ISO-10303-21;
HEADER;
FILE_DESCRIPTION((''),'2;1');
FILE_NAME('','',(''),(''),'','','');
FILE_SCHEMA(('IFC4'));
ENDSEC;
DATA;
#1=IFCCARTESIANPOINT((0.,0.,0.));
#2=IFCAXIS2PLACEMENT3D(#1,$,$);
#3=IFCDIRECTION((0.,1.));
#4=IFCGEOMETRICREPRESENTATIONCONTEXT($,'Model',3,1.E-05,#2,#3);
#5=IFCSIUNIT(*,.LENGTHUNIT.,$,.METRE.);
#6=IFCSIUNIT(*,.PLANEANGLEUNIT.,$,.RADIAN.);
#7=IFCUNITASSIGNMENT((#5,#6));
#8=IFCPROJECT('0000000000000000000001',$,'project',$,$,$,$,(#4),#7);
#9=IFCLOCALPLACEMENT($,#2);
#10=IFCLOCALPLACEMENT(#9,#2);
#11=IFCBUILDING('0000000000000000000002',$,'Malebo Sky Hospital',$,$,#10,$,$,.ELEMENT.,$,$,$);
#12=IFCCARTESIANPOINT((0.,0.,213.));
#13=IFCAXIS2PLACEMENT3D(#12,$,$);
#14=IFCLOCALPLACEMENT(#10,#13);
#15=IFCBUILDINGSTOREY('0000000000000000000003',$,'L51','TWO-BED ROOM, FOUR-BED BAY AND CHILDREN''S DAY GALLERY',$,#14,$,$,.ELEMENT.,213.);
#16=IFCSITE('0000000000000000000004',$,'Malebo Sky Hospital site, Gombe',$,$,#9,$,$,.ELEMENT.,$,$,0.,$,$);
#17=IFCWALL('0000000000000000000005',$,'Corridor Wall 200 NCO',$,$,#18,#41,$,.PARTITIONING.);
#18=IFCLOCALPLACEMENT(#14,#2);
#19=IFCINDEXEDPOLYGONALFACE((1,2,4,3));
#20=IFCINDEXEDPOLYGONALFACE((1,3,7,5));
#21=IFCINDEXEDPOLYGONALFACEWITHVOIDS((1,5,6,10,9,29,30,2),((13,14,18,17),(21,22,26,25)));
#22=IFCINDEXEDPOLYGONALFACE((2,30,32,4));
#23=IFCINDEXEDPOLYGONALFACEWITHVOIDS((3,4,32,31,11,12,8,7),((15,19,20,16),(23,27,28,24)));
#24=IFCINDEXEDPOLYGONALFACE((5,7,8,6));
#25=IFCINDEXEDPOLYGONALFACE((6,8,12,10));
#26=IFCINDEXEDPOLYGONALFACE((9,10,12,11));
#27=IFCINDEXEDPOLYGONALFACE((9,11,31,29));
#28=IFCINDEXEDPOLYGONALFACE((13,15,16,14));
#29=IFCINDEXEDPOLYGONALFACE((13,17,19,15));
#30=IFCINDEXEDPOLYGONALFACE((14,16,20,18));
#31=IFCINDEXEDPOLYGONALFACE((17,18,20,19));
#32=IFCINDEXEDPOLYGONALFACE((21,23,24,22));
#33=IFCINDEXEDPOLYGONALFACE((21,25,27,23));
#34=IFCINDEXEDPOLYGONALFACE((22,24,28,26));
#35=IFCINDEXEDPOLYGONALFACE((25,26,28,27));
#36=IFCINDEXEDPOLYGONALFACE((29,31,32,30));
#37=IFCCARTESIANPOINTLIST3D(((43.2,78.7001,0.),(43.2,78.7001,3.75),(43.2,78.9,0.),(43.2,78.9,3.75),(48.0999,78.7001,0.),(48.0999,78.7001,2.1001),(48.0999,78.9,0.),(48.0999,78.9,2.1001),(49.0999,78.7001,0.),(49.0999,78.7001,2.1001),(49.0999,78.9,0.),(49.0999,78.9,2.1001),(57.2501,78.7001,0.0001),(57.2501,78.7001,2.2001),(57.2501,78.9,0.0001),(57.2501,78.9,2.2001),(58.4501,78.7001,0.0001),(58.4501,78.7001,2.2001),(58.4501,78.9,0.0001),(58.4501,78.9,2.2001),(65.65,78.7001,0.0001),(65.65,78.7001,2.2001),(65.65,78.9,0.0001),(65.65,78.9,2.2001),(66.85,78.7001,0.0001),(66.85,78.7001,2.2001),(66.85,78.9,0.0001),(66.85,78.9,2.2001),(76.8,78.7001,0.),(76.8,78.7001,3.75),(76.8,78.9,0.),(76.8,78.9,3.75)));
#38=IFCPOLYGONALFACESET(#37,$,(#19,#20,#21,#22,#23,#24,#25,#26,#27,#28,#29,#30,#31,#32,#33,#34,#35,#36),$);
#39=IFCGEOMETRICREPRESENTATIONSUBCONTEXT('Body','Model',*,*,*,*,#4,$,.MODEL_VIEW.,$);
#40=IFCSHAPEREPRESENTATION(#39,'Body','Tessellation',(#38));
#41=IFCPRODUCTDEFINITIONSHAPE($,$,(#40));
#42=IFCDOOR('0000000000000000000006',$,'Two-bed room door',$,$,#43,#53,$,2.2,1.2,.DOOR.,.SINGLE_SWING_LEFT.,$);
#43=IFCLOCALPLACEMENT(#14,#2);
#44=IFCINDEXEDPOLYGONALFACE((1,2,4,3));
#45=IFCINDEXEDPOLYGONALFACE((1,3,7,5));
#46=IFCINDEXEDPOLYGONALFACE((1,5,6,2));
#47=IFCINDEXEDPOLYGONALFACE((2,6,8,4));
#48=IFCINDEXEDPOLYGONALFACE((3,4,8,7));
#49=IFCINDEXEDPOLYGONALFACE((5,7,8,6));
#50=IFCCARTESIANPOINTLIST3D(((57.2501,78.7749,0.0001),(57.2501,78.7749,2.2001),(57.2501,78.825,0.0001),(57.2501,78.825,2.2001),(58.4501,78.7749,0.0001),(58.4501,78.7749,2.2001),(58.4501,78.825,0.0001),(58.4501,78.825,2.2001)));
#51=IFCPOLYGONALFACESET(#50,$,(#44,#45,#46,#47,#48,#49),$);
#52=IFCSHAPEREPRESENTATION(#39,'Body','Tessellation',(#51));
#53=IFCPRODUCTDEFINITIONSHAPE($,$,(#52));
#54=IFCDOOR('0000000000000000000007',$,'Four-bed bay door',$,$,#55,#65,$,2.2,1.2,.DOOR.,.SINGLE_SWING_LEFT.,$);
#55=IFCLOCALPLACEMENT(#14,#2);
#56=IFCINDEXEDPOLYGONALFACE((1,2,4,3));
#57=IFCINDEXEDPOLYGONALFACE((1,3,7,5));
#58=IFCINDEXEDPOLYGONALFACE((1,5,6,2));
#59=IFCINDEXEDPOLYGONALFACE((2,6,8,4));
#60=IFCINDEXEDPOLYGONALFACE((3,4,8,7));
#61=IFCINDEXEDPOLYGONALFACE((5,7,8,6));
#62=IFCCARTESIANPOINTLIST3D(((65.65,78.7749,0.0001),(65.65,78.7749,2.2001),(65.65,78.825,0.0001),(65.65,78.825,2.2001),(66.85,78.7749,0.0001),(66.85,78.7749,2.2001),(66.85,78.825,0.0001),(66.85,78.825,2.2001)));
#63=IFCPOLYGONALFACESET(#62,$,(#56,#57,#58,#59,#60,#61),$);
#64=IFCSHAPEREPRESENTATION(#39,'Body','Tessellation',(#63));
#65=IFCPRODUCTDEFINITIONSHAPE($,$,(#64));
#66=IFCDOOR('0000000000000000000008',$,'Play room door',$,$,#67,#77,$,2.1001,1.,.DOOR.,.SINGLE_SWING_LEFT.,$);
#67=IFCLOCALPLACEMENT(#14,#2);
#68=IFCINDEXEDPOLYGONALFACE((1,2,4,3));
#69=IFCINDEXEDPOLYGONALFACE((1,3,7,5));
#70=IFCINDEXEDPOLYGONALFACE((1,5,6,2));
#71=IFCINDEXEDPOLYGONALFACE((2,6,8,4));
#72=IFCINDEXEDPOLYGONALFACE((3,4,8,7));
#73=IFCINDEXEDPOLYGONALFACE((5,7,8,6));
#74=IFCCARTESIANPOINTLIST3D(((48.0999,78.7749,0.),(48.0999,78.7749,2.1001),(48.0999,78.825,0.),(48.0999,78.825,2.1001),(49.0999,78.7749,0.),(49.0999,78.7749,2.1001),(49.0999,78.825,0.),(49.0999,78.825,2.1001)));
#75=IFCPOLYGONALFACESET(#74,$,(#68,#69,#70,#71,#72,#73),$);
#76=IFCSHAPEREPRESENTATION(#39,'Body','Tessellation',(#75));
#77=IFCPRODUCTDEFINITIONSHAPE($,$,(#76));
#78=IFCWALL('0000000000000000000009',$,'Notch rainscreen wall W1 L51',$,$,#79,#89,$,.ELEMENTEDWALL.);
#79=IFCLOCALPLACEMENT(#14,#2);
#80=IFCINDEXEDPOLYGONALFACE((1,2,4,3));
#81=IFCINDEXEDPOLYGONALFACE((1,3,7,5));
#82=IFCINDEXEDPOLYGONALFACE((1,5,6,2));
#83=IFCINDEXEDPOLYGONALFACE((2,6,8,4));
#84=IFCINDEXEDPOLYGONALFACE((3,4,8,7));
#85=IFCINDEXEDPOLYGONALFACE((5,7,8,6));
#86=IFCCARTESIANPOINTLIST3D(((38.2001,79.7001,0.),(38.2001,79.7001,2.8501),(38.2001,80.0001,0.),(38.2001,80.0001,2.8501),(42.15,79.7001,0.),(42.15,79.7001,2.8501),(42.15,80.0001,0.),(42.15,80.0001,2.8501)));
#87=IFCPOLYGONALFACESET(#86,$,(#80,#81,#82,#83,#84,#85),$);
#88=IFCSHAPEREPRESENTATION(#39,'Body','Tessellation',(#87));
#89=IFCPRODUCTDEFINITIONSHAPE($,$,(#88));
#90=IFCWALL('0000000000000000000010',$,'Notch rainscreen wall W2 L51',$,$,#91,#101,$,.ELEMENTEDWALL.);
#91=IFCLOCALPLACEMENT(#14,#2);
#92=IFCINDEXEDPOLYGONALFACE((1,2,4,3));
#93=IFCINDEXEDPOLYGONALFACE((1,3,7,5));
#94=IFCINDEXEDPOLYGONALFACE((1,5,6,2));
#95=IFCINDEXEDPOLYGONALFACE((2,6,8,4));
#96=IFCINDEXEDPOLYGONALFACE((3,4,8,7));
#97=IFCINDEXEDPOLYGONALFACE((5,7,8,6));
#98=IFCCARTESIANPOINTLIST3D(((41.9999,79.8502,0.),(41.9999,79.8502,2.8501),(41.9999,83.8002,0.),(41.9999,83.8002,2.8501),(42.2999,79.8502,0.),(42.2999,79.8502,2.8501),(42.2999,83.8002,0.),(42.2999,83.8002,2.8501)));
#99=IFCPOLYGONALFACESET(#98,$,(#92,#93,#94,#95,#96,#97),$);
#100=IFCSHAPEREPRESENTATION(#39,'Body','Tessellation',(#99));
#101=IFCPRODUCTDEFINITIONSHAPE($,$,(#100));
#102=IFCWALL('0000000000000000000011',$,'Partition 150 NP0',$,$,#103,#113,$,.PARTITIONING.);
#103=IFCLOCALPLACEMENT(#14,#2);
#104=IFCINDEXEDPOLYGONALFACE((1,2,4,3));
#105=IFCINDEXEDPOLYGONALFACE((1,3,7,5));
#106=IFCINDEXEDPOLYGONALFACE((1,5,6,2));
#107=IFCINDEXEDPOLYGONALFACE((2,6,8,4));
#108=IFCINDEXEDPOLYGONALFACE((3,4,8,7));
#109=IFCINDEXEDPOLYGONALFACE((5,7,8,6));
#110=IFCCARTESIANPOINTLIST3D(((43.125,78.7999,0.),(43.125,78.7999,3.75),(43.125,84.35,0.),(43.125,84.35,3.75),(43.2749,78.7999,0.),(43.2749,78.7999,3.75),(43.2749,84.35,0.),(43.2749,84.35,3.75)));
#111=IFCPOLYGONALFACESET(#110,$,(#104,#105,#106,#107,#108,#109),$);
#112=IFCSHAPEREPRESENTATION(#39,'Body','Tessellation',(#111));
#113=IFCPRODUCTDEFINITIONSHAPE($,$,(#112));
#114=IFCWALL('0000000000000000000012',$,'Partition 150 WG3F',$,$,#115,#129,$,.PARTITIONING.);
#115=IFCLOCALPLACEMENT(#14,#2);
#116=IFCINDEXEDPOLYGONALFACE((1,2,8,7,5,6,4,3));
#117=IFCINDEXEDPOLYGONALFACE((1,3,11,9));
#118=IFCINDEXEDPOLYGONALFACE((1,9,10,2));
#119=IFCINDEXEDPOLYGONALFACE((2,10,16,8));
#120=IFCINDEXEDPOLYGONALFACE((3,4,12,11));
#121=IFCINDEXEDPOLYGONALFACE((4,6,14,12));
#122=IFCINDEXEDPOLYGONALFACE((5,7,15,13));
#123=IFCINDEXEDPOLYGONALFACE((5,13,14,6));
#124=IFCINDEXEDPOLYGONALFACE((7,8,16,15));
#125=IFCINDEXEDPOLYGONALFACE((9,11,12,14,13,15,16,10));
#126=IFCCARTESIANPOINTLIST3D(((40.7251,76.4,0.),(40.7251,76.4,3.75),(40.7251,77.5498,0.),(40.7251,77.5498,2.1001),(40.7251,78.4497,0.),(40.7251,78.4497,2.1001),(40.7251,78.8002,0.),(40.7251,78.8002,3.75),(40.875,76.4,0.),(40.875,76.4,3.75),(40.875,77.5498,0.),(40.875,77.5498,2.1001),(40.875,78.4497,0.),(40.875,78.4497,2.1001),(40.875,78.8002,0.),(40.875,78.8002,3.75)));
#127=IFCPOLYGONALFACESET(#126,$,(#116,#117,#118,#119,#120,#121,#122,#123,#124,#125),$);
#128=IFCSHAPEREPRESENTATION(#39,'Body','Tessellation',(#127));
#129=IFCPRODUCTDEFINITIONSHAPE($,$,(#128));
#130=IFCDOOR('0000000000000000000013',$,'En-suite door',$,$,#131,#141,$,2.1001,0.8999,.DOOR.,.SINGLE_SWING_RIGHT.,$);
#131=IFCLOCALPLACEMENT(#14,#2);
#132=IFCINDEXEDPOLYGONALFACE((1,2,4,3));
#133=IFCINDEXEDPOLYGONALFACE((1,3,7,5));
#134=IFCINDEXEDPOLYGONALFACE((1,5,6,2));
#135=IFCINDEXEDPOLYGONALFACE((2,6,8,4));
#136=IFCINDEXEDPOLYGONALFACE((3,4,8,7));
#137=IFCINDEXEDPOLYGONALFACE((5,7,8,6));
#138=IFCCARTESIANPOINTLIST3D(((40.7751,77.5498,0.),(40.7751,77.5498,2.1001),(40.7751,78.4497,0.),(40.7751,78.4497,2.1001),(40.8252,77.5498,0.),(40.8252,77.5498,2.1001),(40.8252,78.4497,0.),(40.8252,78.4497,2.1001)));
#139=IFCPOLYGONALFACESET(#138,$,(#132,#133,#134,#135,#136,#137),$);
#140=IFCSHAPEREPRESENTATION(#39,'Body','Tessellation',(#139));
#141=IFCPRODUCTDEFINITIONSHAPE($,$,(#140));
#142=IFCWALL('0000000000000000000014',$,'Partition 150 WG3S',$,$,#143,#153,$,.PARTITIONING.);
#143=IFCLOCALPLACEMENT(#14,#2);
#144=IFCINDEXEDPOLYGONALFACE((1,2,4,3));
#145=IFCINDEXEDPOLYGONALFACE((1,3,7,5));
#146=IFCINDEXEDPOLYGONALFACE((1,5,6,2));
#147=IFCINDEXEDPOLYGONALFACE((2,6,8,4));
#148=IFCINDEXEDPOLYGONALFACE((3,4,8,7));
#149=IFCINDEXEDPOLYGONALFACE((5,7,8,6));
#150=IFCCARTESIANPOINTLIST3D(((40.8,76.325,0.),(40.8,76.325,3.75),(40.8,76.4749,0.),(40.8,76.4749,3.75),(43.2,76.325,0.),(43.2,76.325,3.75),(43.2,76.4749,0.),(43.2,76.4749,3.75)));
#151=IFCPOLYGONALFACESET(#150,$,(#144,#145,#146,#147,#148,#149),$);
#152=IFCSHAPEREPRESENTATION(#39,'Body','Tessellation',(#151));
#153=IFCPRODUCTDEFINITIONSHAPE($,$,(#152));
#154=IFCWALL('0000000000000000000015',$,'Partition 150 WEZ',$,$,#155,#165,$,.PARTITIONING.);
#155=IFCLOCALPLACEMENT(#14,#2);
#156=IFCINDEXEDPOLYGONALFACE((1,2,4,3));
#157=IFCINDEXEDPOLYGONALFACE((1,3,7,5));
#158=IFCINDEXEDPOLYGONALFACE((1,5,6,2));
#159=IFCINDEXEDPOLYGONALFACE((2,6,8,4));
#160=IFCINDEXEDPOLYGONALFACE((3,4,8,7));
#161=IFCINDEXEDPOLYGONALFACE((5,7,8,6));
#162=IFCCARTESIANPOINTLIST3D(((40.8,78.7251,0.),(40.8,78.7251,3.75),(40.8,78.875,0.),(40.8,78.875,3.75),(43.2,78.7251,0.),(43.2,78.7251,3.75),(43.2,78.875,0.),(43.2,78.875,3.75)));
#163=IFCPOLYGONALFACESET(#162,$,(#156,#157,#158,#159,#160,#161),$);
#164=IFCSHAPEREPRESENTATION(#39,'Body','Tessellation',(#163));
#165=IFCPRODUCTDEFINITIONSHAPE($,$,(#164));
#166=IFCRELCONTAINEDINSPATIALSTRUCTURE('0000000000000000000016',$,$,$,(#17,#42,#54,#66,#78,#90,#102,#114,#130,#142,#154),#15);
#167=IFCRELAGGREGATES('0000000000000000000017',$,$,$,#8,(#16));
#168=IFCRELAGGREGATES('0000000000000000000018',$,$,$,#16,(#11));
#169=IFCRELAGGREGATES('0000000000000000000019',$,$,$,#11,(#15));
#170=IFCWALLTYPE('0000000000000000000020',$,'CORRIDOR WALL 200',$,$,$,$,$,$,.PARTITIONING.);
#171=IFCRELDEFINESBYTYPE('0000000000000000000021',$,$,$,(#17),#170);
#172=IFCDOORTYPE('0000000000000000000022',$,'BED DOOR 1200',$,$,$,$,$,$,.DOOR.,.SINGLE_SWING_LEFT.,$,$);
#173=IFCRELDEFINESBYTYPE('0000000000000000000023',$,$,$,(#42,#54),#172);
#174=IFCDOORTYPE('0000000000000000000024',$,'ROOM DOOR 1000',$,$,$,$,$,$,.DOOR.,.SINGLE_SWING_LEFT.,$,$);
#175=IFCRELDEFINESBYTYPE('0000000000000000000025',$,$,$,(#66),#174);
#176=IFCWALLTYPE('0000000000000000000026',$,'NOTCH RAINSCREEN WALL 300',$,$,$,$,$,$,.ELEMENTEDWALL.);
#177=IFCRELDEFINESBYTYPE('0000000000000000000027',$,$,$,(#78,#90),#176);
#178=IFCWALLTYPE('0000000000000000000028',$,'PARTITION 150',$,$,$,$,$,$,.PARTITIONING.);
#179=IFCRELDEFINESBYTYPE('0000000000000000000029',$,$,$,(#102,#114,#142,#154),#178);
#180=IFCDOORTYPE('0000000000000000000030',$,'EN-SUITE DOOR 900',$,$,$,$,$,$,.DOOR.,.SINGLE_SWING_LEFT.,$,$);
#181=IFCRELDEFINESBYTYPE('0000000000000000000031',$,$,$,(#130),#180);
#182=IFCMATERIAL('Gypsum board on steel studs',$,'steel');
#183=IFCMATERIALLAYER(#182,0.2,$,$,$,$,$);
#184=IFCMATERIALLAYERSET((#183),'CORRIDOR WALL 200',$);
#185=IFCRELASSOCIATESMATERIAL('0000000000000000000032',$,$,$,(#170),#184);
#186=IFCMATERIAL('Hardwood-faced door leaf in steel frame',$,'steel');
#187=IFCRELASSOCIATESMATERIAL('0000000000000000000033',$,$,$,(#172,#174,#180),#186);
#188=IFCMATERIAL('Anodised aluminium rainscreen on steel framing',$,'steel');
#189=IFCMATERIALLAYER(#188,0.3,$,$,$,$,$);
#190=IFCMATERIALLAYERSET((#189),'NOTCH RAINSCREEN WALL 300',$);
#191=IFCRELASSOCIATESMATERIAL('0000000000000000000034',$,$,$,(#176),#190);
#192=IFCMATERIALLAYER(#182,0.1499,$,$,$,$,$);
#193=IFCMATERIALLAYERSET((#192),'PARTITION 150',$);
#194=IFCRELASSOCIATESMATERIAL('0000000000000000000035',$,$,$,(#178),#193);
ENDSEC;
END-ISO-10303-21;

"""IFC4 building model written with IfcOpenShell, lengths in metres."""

from ifc_helpers import new_model, si_unit, direction, frame, frame_2d, origin, place, context, subcontext, project, spatial, rectangle, extrude, material, layer, layer_set, type_object, element, fill, save


model = new_model("IFC4")

# Units and contexts
model_context = context("Model", 3, precision=1e-05, world=origin(), true_north=direction((0.0, 1.0)))
body_context = subcontext(model_context, "Body", "Model", "MODEL_VIEW")
ifc_project = project(units=[si_unit("LENGTHUNIT", "METRE"), si_unit("PLANEANGLEUNIT", "RADIAN")], contexts=[model_context])

# Site, building, storey
site_placement = place(None, origin())
site = spatial("IfcSite", under=ifc_project, at=site_placement, Name="Malebo Sky Hospital site, Gombe", CompositionType="ELEMENT", RefElevation=0.0)
building_placement = place(site_placement, origin())
building = spatial("IfcBuilding", under=site, at=building_placement, Name="Malebo Sky Hospital", CompositionType="ELEMENT")
storey_placement = place(building_placement, frame((0.0, 0.0, 213.0)))
storey = spatial("IfcBuildingStorey", under=building, at=storey_placement, Name="L51", Description="TWO-BED ROOM, FOUR-BED BAY AND CHILDREN'S DAY GALLERY", CompositionType="ELEMENT", Elevation=213.0)

# Wall, openings, doors
ifc_material_1 = material(Name="Gypsum board on steel studs", Category="steel")
ifc_layer_1 = layer(ifc_material_1, 0.2)
ifc_layer_set_1 = layer_set([ifc_layer_1], Name="CORRIDOR WALL 200")
wall_type_1 = type_object("IfcWallType", Name="CORRIDOR WALL 200", PredefinedType="PARTITIONING", material=ifc_layer_set_1)
wall_1_placement = place(storey_placement, frame((43.2, 78.8, 0.0), z_axis=(0.0, 0.0, 1.0), x_axis=(1.0, 0.0, 0.0)))
wall_1 = element("IfcWall", 1, at=wall_1_placement, inside=storey, type_object=wall_type_1, Name="Corridor Wall 200 NCO", PredefinedType="PARTITIONING", context=body_context, shape_type="SweptSolid", body=[
    extrude(rectangle(XDim=33.6001, YDim=0.2, at=frame_2d((16.8, 0.0))), origin(), (0.0, 0.0, 1.0), 3.75),
])
opening_1_placement = place(wall_1_placement, frame((4.8999, 0.0, 0.0)))
opening_1 = element("IfcOpeningElement", 2, at=opening_1_placement, cuts=wall_1, PredefinedType="OPENING", context=body_context, shape_type="SweptSolid", body=[
    extrude(rectangle(XDim=1.0, YDim=2.1001, at=frame_2d((0.5, 1.05))), frame((0.0, 0.1099, 0.0), z_axis=(0.0, -1.0, 0.0), x_axis=(1.0, 0.0, 0.0)), (0.0, 0.0, 1.0), 0.22),
])
opening_2_placement = place(wall_1_placement, frame((14.05, 0.0, 0.0)))
opening_2 = element("IfcOpeningElement", 3, at=opening_2_placement, cuts=wall_1, PredefinedType="OPENING", context=body_context, shape_type="SweptSolid", body=[
    extrude(rectangle(XDim=1.2, YDim=2.2, at=frame_2d((0.6001, 1.1001))), frame((0.0, 0.1099, 0.0), z_axis=(0.0, -1.0, 0.0), x_axis=(1.0, 0.0, 0.0)), (0.0, 0.0, 1.0), 0.22),
])
opening_3_placement = place(wall_1_placement, frame((22.45, 0.0, 0.0)))
opening_3 = element("IfcOpeningElement", 4, at=opening_3_placement, cuts=wall_1, PredefinedType="OPENING", context=body_context, shape_type="SweptSolid", body=[
    extrude(rectangle(XDim=1.2, YDim=2.2, at=frame_2d((0.6001, 1.1001))), frame((0.0, 0.1099, 0.0), z_axis=(0.0, -1.0, 0.0), x_axis=(1.0, 0.0, 0.0)), (0.0, 0.0, 1.0), 0.22),
])
ifc_material_2 = material(Name="Hardwood-faced door leaf in steel frame", Category="steel")
door_type_1 = type_object("IfcDoorType", Name="BED DOOR 1200", OperationType="SINGLE_SWING_LEFT", PredefinedType="DOOR", material=ifc_material_2)
door_1_placement = place(opening_2_placement, origin())
door_1 = element("IfcDoor", 5, at=door_1_placement, inside=storey, type_object=door_type_1, Name="Two-bed room door", OperationType="SINGLE_SWING_LEFT", OverallHeight=2.2, OverallWidth=1.2, PredefinedType="DOOR", context=body_context, shape_type="SweptSolid", body=[
    extrude(rectangle(XDim=1.2, YDim=2.2, at=frame_2d((0.6001, 1.1001))), frame((0.0, 0.0249, 0.0), z_axis=(0.0, -1.0, 0.0), x_axis=(1.0, 0.0, 0.0)), (0.0, 0.0, 1.0), 0.05),
])
fill(opening_2, door_1)
door_2_placement = place(opening_3_placement, origin())
door_2 = element("IfcDoor", 6, at=door_2_placement, inside=storey, type_object=door_type_1, Name="Four-bed bay door", OperationType="SINGLE_SWING_LEFT", OverallHeight=2.2, OverallWidth=1.2, PredefinedType="DOOR", context=body_context, shape_type="SweptSolid", body=[
    extrude(rectangle(XDim=1.2, YDim=2.2, at=frame_2d((0.6001, 1.1001))), frame((0.0, 0.0249, 0.0), z_axis=(0.0, -1.0, 0.0), x_axis=(1.0, 0.0, 0.0)), (0.0, 0.0, 1.0), 0.05),
])
fill(opening_3, door_2)
door_type_2 = type_object("IfcDoorType", Name="ROOM DOOR 1000", OperationType="SINGLE_SWING_LEFT", PredefinedType="DOOR", material=ifc_material_2)
door_3_placement = place(opening_1_placement, origin())
door_3 = element("IfcDoor", 7, at=door_3_placement, inside=storey, type_object=door_type_2, Name="Play room door", OperationType="SINGLE_SWING_LEFT", OverallHeight=2.1001, OverallWidth=1.0, PredefinedType="DOOR", context=body_context, shape_type="SweptSolid", body=[
    extrude(rectangle(XDim=1.0, YDim=2.1001, at=frame_2d((0.5, 1.05))), frame((0.0, 0.0249, 0.0), z_axis=(0.0, -1.0, 0.0), x_axis=(1.0, 0.0, 0.0)), (0.0, 0.0, 1.0), 0.05),
])
fill(opening_1, door_3)

# Walls
ifc_material_3 = material(Name="Anodised aluminium rainscreen on steel framing", Category="steel")
ifc_layer_2 = layer(ifc_material_3, 0.3)
ifc_layer_set_2 = layer_set([ifc_layer_2], Name="NOTCH RAINSCREEN WALL 300")
wall_type_2 = type_object("IfcWallType", Name="NOTCH RAINSCREEN WALL 300", PredefinedType="ELEMENTEDWALL", material=ifc_layer_set_2)
for number, where, z_axis, x_axis, name in (
    (8, (38.2, 79.8501, 0.0), (0.0, 0.0, 1.0), (1.0, 0.0, 0.0), "Notch rainscreen wall W1 L51"),
    (9, (42.1499, 79.8501, 0.0), (0.0, 0.0, 1.0), (0.0, 1.0, 0.0), "Notch rainscreen wall W2 L51"),
):
    element("IfcWall", number, at=place(storey_placement, frame(where, z_axis=z_axis, x_axis=x_axis)), inside=storey, type_object=wall_type_2, Name=name, PredefinedType="ELEMENTEDWALL", context=body_context, shape_type="SweptSolid", body=[
        extrude(rectangle(XDim=3.95, YDim=0.3, at=frame_2d((1.9751, 0.0))), origin(), (0.0, 0.0, 1.0), 2.8501),
    ])
ifc_layer_3 = layer(ifc_material_1, 0.1499)
ifc_layer_set_3 = layer_set([ifc_layer_3], Name="PARTITION 150")
wall_type_3 = type_object("IfcWallType", Name="PARTITION 150", PredefinedType="PARTITIONING", material=ifc_layer_set_3)
wall_2_placement = place(storey_placement, frame((43.2, 78.8, 0.0), z_axis=(0.0, 0.0, 1.0), x_axis=(0.0, 1.0, 0.0)))
element("IfcWall", 10, at=wall_2_placement, inside=storey, type_object=wall_type_3, Name="Partition 150 NP0", PredefinedType="PARTITIONING", context=body_context, shape_type="SweptSolid", body=[
    extrude(rectangle(XDim=5.55, YDim=0.1499, at=frame_2d((2.7749, 0.0))), origin(), (0.0, 0.0, 1.0), 3.75),
])

# Wall, opening, door
wall_3_placement = place(storey_placement, frame((40.8, 76.3999, 0.0), z_axis=(0.0, 0.0, 1.0), x_axis=(0.0, 1.0, 0.0)))
wall_3 = element("IfcWall", 11, at=wall_3_placement, inside=storey, type_object=wall_type_3, Name="Partition 150 WG3F", PredefinedType="PARTITIONING", context=body_context, shape_type="SweptSolid", body=[
    extrude(rectangle(XDim=2.4001, YDim=0.1499, at=frame_2d((1.2002, 0.0))), origin(), (0.0, 0.0, 1.0), 3.75),
])
opening_4_placement = place(wall_3_placement, frame((1.1499, 0.0, 0.0)))
opening_4 = element("IfcOpeningElement", 12, at=opening_4_placement, cuts=wall_3, PredefinedType="OPENING", context=body_context, shape_type="SweptSolid", body=[
    extrude(rectangle(XDim=0.8999, YDim=2.1001, at=frame_2d((0.45, 1.05))), frame((0.0, 0.085, 0.0), z_axis=(0.0, -1.0, 0.0), x_axis=(1.0, 0.0, 0.0)), (0.0, 0.0, 1.0), 0.1699),
])
door_type_3 = type_object("IfcDoorType", Name="EN-SUITE DOOR 900", OperationType="SINGLE_SWING_LEFT", PredefinedType="DOOR", material=ifc_material_2)
door_4_placement = place(opening_4_placement, origin())
door_4 = element("IfcDoor", 13, at=door_4_placement, inside=storey, type_object=door_type_3, Name="En-suite door", OperationType="SINGLE_SWING_RIGHT", OverallHeight=2.1001, OverallWidth=0.8999, PredefinedType="DOOR", context=body_context, shape_type="SweptSolid", body=[
    extrude(rectangle(XDim=0.8999, YDim=2.1001, at=frame_2d((0.45, 1.05))), frame((0.0, 0.0249, 0.0), z_axis=(0.0, -1.0, 0.0), x_axis=(1.0, 0.0, 0.0)), (0.0, 0.0, 1.0), 0.05),
])
fill(opening_4, door_4)

# Walls
for number, where, z_axis, x_axis, name in (
    (14, (43.2, 76.3999, 0.0), (0.0, 0.0, 1.0), (-1.0, 0.0, 0.0), "Partition 150 WG3S"),
    (15, (43.2, 78.8, 0.0), (0.0, 0.0, 1.0), (-1.0, 0.0, 0.0), "Partition 150 WEZ"),
):
    element("IfcWall", number, at=place(storey_placement, frame(where, z_axis=z_axis, x_axis=x_axis)), inside=storey, type_object=wall_type_3, Name=name, PredefinedType="PARTITIONING", context=body_context, shape_type="SweptSolid", body=[
        extrude(rectangle(XDim=2.3999, YDim=0.1499, at=frame_2d((1.2, 0.0))), origin(), (0.0, 0.0, 1.0), 3.75),
    ])

save(model, "model.ifc")
